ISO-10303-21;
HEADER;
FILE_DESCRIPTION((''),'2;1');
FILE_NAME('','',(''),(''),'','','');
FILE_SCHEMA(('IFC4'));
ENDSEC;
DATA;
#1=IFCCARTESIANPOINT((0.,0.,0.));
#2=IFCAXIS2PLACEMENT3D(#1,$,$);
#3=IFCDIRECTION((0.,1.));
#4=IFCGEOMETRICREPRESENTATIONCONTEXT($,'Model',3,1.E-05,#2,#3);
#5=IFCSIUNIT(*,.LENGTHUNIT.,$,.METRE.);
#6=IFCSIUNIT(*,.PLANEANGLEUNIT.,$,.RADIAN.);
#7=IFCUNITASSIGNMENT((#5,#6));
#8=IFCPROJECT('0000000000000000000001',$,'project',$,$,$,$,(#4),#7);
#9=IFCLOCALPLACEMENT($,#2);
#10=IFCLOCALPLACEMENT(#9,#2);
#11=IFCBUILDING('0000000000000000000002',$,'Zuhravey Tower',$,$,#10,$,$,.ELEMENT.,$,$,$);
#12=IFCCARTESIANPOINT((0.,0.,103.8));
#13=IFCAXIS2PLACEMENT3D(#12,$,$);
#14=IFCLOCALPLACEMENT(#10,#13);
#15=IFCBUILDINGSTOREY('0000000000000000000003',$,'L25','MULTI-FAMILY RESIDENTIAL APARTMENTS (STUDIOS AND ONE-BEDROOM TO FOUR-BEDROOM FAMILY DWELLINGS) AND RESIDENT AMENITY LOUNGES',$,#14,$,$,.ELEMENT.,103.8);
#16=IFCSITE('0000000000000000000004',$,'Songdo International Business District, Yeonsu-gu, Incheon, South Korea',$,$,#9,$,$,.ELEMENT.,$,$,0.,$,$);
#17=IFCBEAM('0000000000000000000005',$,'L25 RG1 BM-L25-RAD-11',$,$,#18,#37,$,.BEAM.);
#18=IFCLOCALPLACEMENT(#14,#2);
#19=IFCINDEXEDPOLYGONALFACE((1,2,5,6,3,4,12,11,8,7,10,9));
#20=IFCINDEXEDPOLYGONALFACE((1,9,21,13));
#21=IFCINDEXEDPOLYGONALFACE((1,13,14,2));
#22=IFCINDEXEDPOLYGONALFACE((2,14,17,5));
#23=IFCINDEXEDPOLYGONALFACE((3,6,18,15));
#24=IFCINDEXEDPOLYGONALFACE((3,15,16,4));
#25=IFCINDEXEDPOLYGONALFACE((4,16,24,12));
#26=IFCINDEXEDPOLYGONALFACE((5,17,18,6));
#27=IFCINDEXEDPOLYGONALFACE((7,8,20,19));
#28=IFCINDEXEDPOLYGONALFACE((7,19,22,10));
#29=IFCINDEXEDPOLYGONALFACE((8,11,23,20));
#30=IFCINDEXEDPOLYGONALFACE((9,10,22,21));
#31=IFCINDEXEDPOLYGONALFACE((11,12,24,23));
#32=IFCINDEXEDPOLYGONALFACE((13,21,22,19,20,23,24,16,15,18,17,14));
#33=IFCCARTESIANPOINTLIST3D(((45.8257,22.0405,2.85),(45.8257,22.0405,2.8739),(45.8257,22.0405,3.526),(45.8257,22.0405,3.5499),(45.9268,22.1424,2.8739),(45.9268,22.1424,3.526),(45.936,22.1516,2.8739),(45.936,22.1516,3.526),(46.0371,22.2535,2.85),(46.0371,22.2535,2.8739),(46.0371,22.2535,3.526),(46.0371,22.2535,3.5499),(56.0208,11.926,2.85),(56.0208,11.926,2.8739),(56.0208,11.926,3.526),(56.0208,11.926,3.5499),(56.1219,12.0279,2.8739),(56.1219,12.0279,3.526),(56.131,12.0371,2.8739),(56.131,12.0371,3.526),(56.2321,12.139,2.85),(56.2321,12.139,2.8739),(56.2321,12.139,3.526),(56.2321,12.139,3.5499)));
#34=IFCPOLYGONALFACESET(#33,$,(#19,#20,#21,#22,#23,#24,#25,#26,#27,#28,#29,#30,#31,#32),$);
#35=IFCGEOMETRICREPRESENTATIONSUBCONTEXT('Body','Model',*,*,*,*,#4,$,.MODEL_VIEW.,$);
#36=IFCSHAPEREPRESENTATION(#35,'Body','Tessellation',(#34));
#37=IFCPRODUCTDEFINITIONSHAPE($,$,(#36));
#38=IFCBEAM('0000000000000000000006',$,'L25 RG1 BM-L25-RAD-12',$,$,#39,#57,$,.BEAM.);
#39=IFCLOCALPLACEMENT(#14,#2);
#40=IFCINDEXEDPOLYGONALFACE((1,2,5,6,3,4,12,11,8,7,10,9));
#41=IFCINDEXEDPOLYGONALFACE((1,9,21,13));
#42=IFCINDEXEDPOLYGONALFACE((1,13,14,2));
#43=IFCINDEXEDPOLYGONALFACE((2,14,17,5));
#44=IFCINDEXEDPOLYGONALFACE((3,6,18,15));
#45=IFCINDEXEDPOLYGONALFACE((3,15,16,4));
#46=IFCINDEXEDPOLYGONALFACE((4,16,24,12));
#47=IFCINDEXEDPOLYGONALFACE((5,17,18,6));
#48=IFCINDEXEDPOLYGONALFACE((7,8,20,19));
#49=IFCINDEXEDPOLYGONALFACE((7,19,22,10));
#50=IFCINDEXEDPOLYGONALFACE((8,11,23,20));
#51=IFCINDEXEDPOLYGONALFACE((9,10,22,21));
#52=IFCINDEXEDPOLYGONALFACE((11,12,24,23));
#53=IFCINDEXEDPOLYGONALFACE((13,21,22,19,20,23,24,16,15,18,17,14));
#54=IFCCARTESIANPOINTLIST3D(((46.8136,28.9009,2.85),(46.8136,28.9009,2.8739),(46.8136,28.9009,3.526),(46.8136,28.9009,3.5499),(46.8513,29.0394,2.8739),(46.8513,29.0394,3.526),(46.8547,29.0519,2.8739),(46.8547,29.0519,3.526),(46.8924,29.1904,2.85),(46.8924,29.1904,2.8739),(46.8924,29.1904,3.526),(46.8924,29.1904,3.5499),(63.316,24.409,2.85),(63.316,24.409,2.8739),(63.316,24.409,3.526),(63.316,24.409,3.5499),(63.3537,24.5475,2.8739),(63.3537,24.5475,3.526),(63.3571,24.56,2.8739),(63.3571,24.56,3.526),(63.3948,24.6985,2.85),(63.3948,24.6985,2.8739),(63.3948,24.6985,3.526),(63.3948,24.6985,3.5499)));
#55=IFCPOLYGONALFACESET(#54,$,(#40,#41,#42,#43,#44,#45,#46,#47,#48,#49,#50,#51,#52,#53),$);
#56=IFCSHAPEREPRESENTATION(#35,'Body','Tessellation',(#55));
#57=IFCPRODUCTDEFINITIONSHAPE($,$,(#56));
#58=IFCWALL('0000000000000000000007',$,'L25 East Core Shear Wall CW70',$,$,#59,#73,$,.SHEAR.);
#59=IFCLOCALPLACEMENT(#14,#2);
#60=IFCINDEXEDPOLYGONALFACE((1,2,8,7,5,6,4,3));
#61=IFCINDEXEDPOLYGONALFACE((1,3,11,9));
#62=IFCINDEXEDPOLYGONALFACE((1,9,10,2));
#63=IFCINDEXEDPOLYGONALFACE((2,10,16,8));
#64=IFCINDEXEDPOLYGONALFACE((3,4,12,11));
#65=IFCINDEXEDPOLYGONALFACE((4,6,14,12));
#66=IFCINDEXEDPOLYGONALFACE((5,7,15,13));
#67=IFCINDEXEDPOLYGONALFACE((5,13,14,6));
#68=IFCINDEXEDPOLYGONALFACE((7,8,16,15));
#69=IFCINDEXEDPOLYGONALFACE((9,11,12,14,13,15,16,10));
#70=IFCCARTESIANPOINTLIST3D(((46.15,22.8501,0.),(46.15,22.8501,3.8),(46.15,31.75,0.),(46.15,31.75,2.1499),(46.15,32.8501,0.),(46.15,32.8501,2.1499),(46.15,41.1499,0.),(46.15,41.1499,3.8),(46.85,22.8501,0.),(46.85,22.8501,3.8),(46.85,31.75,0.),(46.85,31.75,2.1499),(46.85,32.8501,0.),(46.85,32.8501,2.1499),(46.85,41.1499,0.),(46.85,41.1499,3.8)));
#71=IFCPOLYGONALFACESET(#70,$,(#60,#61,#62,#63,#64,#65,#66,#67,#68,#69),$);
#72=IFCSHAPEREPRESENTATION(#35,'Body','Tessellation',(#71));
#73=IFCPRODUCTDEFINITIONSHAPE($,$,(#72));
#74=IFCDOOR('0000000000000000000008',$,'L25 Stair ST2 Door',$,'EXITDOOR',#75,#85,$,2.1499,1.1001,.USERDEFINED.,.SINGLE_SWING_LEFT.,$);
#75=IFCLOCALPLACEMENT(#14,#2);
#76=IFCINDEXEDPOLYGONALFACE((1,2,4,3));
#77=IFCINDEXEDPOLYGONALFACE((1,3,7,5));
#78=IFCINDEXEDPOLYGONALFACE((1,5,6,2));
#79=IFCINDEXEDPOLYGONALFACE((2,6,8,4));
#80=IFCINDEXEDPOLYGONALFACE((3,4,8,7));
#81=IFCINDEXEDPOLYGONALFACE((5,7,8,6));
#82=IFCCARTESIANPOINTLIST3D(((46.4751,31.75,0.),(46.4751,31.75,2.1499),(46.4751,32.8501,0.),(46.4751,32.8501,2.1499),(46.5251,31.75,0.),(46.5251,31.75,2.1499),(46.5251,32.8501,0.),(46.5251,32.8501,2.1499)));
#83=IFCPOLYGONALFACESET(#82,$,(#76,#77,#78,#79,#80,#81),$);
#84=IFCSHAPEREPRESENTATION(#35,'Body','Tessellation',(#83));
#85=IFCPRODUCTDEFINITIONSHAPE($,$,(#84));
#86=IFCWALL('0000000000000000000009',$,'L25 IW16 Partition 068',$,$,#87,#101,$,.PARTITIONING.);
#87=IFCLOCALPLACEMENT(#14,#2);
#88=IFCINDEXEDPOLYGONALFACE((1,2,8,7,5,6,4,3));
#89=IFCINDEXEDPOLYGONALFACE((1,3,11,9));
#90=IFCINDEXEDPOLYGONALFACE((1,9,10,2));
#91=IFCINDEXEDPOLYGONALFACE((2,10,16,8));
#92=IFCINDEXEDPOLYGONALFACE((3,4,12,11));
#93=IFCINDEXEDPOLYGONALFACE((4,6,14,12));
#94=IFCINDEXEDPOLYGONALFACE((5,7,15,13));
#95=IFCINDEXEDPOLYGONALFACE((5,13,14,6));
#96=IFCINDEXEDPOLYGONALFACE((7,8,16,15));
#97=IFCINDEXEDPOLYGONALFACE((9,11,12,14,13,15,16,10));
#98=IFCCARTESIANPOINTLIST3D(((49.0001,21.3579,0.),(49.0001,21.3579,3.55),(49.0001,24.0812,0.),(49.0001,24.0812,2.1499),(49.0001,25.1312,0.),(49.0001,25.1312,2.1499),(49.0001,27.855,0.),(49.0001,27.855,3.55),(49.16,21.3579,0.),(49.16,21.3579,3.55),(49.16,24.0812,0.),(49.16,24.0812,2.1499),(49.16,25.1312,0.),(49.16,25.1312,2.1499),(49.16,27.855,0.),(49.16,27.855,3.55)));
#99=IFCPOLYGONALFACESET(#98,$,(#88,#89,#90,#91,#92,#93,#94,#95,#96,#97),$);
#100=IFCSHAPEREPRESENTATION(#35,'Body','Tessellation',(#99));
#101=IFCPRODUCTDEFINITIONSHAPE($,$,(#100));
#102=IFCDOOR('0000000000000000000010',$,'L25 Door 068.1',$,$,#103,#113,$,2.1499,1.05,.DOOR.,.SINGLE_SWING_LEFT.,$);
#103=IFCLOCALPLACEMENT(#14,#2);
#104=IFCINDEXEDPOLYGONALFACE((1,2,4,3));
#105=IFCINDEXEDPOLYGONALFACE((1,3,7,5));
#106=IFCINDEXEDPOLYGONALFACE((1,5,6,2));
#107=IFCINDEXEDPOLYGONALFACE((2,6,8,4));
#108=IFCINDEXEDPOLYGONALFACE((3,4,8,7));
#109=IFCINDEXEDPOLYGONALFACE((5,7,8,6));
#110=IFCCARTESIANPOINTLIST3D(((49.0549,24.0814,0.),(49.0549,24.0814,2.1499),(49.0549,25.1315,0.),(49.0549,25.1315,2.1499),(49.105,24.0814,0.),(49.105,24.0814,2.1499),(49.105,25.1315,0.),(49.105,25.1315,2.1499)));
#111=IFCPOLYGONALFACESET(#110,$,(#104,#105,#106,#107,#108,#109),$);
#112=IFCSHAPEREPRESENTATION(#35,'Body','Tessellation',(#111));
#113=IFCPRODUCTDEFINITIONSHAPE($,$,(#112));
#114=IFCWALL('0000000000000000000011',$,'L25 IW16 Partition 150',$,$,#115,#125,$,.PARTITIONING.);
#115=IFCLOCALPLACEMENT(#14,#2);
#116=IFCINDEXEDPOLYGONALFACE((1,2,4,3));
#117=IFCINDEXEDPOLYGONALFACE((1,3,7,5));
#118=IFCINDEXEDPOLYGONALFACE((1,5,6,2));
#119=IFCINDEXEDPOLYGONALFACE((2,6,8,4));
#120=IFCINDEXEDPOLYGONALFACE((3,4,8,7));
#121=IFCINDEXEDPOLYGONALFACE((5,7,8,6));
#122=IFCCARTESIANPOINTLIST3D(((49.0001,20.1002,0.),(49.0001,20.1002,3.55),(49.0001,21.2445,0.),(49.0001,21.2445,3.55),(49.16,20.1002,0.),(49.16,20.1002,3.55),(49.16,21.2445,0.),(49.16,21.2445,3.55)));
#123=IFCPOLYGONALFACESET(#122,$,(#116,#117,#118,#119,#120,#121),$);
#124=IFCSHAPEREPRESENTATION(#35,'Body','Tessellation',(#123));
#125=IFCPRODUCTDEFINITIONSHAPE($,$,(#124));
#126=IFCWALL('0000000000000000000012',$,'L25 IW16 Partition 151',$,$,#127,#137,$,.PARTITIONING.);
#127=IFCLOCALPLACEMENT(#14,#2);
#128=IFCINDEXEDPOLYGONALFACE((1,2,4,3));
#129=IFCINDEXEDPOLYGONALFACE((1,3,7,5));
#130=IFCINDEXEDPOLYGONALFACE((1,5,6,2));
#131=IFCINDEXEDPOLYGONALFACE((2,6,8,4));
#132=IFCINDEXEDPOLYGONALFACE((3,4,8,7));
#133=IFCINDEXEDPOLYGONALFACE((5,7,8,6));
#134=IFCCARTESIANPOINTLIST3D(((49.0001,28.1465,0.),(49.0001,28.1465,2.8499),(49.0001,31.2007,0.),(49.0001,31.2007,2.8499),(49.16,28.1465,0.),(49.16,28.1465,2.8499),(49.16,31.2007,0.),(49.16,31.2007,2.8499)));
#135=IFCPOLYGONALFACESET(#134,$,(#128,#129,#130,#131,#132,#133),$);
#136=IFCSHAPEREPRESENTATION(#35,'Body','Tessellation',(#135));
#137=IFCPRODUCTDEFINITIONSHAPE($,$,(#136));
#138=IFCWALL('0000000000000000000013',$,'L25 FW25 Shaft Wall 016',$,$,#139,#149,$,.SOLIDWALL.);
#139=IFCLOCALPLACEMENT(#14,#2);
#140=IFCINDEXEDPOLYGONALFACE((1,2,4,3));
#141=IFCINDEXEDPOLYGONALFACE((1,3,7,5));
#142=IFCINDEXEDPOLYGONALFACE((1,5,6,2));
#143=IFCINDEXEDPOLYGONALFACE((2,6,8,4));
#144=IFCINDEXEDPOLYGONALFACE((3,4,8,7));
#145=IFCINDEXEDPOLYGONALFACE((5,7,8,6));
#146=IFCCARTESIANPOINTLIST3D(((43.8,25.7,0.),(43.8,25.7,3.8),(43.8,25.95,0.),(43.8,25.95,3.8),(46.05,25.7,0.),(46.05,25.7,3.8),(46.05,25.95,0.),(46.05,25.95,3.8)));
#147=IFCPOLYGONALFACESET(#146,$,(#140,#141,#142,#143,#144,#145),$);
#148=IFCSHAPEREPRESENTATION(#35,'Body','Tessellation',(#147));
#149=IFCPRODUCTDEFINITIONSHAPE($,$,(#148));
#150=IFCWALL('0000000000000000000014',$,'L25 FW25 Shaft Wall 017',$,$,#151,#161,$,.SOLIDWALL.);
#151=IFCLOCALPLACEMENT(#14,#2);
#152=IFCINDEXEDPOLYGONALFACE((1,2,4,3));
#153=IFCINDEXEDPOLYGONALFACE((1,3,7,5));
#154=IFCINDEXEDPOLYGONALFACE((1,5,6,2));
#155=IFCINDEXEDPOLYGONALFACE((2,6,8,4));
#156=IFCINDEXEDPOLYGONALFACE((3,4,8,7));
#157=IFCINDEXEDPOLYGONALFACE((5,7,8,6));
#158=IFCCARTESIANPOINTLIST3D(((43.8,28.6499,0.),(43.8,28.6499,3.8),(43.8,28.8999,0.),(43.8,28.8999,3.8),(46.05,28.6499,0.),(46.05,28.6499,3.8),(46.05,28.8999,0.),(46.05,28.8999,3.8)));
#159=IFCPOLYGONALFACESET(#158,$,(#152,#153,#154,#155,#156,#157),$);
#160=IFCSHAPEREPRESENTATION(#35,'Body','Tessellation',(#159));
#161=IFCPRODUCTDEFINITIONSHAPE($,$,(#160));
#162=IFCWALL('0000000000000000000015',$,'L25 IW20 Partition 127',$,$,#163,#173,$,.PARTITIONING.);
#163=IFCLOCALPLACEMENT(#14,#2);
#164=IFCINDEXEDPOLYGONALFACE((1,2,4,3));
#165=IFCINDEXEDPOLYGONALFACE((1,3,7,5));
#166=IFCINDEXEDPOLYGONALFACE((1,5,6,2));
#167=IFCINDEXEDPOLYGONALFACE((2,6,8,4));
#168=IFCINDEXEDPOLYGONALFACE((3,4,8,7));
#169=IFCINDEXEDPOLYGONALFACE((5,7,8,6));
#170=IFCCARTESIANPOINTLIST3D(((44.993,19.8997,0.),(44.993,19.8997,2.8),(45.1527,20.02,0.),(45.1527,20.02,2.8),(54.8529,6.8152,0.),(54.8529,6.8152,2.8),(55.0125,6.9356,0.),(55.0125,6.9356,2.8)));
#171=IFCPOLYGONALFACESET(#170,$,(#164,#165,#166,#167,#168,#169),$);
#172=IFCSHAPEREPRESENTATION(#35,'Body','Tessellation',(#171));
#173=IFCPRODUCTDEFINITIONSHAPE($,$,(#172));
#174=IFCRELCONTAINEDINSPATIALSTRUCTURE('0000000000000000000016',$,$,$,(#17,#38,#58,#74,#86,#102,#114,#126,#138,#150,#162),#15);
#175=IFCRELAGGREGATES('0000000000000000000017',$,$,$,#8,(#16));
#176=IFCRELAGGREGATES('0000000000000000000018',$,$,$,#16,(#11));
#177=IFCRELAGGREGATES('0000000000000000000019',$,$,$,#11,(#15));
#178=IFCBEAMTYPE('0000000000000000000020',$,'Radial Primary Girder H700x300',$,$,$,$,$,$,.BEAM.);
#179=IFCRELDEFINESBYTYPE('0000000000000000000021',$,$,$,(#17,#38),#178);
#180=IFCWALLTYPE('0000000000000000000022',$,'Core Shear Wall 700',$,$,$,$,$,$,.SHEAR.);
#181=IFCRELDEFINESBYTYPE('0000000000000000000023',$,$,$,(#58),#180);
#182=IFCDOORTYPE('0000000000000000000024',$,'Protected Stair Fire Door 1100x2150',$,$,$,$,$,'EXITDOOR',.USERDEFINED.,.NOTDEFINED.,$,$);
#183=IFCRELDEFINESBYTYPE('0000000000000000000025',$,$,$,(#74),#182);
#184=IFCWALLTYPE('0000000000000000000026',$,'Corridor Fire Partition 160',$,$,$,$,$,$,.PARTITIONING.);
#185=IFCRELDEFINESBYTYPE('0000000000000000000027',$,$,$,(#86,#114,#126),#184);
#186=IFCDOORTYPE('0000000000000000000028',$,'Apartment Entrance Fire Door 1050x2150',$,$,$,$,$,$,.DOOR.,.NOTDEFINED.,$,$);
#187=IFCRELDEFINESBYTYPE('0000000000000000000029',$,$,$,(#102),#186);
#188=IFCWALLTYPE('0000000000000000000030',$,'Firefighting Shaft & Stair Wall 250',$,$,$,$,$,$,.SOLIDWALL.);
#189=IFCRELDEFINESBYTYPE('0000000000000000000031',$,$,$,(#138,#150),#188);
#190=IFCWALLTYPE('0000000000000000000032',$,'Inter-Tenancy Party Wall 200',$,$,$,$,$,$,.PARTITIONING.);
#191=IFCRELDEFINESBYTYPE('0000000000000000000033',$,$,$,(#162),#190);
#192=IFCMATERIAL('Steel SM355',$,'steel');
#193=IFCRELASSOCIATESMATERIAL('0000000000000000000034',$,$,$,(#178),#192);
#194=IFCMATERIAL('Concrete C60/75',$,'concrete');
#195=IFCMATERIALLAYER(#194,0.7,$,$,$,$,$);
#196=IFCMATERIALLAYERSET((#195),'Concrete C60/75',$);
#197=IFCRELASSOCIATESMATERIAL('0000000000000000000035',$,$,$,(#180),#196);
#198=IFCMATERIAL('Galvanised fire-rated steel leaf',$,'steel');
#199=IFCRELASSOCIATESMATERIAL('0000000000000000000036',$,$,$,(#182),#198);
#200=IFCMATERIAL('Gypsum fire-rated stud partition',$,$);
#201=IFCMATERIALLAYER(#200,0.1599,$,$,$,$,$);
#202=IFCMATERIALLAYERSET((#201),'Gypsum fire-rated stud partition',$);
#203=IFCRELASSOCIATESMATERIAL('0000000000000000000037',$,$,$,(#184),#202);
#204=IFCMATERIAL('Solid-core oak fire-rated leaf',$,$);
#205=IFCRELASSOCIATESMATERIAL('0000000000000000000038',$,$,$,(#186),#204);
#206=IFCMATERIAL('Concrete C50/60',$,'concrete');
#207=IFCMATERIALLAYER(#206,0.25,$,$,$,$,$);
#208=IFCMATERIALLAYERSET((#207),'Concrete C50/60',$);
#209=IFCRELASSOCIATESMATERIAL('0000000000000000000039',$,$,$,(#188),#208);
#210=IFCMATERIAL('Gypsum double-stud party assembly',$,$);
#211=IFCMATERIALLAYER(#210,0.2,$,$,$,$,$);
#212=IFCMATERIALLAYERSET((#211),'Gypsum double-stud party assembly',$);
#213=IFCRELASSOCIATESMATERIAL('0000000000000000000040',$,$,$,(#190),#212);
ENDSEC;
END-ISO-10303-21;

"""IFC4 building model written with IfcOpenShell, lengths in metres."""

from ifc_helpers import new_model, si_unit, direction, frame, frame_2d, origin, origin_2d, place, context, subcontext, project, spatial, rectangle, i_section, extrude, material, layer, layer_set, material_profile, profile_set, type_object, element, fill, save


model = new_model("IFC4")

# Units and contexts
model_context = context("Model", 3, precision=1e-05, world=origin(), true_north=direction((0.0, 1.0)))
body_context = subcontext(model_context, "Body", "Model", "MODEL_VIEW")
ifc_project = project(units=[si_unit("LENGTHUNIT", "METRE"), si_unit("PLANEANGLEUNIT", "RADIAN")], contexts=[model_context])

# Site, building, storey
site_placement = place(None, origin())
site = spatial("IfcSite", under=ifc_project, at=site_placement, Name="Songdo International Business District, Yeonsu-gu, Incheon, South Korea", CompositionType="ELEMENT", RefElevation=0.0)
building_placement = place(site_placement, origin())
building = spatial("IfcBuilding", under=site, at=building_placement, Name="Zuhravey Tower", CompositionType="ELEMENT")
storey_placement = place(building_placement, frame((0.0, 0.0, 103.8)))
storey = spatial("IfcBuildingStorey", under=building, at=storey_placement, Name="L25", Description="MULTI-FAMILY RESIDENTIAL APARTMENTS (STUDIOS AND ONE-BEDROOM TO FOUR-BEDROOM FAMILY DWELLINGS) AND RESIDENT AMENITY LOUNGES", CompositionType="ELEMENT", Elevation=103.8)

# Beams
ifc_material_1 = material(Name="Steel SM355", Category="steel")
ifc_material_profile = material_profile(ifc_material_1, i_section(OverallWidth=0.3, OverallDepth=0.7, WebThickness=0.0129, FlangeThickness=0.0239, at=origin_2d()), Name="H-700x300x13x24")
ifc_profile_set = profile_set([ifc_material_profile], Name="Steel SM355")
beam_type = type_object("IfcBeamType", Name="Radial Primary Girder H700x300", PredefinedType="BEAM", material=ifc_profile_set)
beam_1_placement = place(storey_placement, frame((45.9314, 22.147, 3.2), z_axis=(0.709906, -0.704296, 0.0), x_axis=(0.704296, 0.709906, 0.0)))
element("IfcBeam", 1, at=beam_1_placement, inside=storey, type_object=beam_type, Name="L25 RG1 BM-L25-RAD-11", PredefinedType="BEAM", context=body_context, shape_type="SweptSolid", body=[
    extrude(i_section(OverallWidth=0.3, OverallDepth=0.7, WebThickness=0.0129, FlangeThickness=0.0239, at=origin_2d()), origin(), (0.0, 0.0, 1.0), 14.3611),
])
beam_2_placement = place(storey_placement, frame((46.853, 29.0457, 3.2), z_axis=(0.964893, -0.262643, 0.0), x_axis=(0.262643, 0.964893, 0.0)))
element("IfcBeam", 2, at=beam_2_placement, inside=storey, type_object=beam_type, Name="L25 RG1 BM-L25-RAD-12", PredefinedType="BEAM", context=body_context, shape_type="SweptSolid", body=[
    extrude(i_section(OverallWidth=0.3, OverallDepth=0.7, WebThickness=0.0129, FlangeThickness=0.0239, at=origin_2d()), origin(), (0.0, 0.0, 1.0), 17.1028),
])

# Walls, openings, doors
ifc_material_2 = material(Name="Concrete C60/75", Category="concrete")
ifc_layer_1 = layer(ifc_material_2, 0.7)
ifc_layer_set_1 = layer_set([ifc_layer_1], Name="Concrete C60/75")
wall_type_1 = type_object("IfcWallType", Name="Core Shear Wall 700", PredefinedType="SHEAR", material=ifc_layer_set_1)
wall_1_placement = place(storey_placement, frame((46.5, 22.8501, 0.0), z_axis=(0.0, 0.0, 1.0), x_axis=(0.0, 1.0, 0.0)))
wall_1 = element("IfcWall", 3, at=wall_1_placement, inside=storey, type_object=wall_type_1, Name="L25 East Core Shear Wall CW70", PredefinedType="SHEAR", context=body_context, shape_type="SweptSolid", body=[
    extrude(rectangle(XDim=18.2998, YDim=0.7, at=frame_2d((9.1499, 0.0))), origin(), (0.0, 0.0, 1.0), 3.8),
])
opening_1_placement = place(wall_1_placement, frame((8.8999, 0.0, 0.0)))
opening_1 = element("IfcOpeningElement", 4, at=opening_1_placement, cuts=wall_1, PredefinedType="OPENING", context=body_context, shape_type="SweptSolid", body=[
    extrude(rectangle(XDim=1.1001, YDim=2.1499, at=frame_2d((0.55, 1.075))), frame((0.0, 0.3621, 0.0), z_axis=(0.0, -1.0, 0.0), x_axis=(1.0, 0.0, 0.0)), (0.0, 0.0, 1.0), 0.7239),
])
ifc_material_3 = material(Name="Galvanised fire-rated steel leaf", Category="steel")
door_type_1 = type_object("IfcDoorType", Name="Protected Stair Fire Door 1100x2150", ElementType="EXITDOOR", OperationType="NOTDEFINED", PredefinedType="USERDEFINED", material=ifc_material_3)
door_1_placement = place(opening_1_placement, origin())
door_1 = element("IfcDoor", 5, at=door_1_placement, inside=storey, type_object=door_type_1, Name="L25 Stair ST2 Door", ObjectType="EXITDOOR", OperationType="SINGLE_SWING_LEFT", OverallHeight=2.1499, OverallWidth=1.1001, PredefinedType="USERDEFINED", context=body_context, shape_type="SweptSolid", body=[
    extrude(rectangle(XDim=1.1001, YDim=2.1499, at=frame_2d((0.55, 1.075))), frame((0.0, 0.0249, 0.0), z_axis=(0.0, -1.0, 0.0), x_axis=(1.0, 0.0, 0.0)), (0.0, 0.0, 1.0), 0.05),
])
fill(opening_1, door_1)
ifc_material_4 = material(Name="Gypsum fire-rated stud partition")
ifc_layer_2 = layer(ifc_material_4, 0.1599)
ifc_layer_set_2 = layer_set([ifc_layer_2], Name="Gypsum fire-rated stud partition")
wall_type_2 = type_object("IfcWallType", Name="Corridor Fire Partition 160", PredefinedType="PARTITIONING", material=ifc_layer_set_2)
wall_2_placement = place(storey_placement, frame((49.0801, 21.3579, 0.0), z_axis=(0.0, 0.0, 1.0), x_axis=(0.0, 1.0, 0.0)))
wall_2 = element("IfcWall", 6, at=wall_2_placement, inside=storey, type_object=wall_type_2, Name="L25 IW16 Partition 068", PredefinedType="PARTITIONING", context=body_context, shape_type="SweptSolid", body=[
    extrude(rectangle(XDim=6.4971, YDim=0.1599, at=frame_2d((3.2485, 0.0))), origin(), (0.0, 0.0, 1.0), 3.55),
])
opening_2_placement = place(wall_2_placement, frame((2.7234, 0.0, 0.0)))
opening_2 = element("IfcOpeningElement", 7, at=opening_2_placement, cuts=wall_2, PredefinedType="OPENING", context=body_context, shape_type="SweptSolid", body=[
    extrude(rectangle(XDim=1.05, YDim=2.1499, at=frame_2d((0.5249, 1.075))), frame((0.0, 0.092, 0.0), z_axis=(0.0, -1.0, 0.0), x_axis=(1.0, 0.0, 0.0)), (0.0, 0.0, 1.0), 0.1838),
])
ifc_material_5 = material(Name="Solid-core oak fire-rated leaf")
door_type_2 = type_object("IfcDoorType", Name="Apartment Entrance Fire Door 1050x2150", OperationType="NOTDEFINED", PredefinedType="DOOR", material=ifc_material_5)
door_2_placement = place(opening_2_placement, frame((1.05, 0.0, 0.0), z_axis=(0.0, 0.0, 1.0), x_axis=(-1.0, 0.0, 0.0)))
door_2 = element("IfcDoor", 8, at=door_2_placement, inside=storey, type_object=door_type_2, Name="L25 Door 068.1", OperationType="SINGLE_SWING_LEFT", OverallHeight=2.1499, OverallWidth=1.05, PredefinedType="DOOR", context=body_context, shape_type="SweptSolid", body=[
    extrude(rectangle(XDim=1.05, YDim=2.1499, at=frame_2d((0.5249, 1.075))), frame((0.0, 0.0249, 0.0), z_axis=(0.0, -1.0, 0.0), x_axis=(1.0, 0.0, 0.0)), (0.0, 0.0, 1.0), 0.05),
])
fill(opening_2, door_2)

# Walls
wall_3_placement = place(storey_placement, frame((49.0801, 20.1001, 0.0), z_axis=(0.0, 0.0, 1.0), x_axis=(0.0, 1.0, 0.0)))
element("IfcWall", 9, at=wall_3_placement, inside=storey, type_object=wall_type_2, Name="L25 IW16 Partition 150", PredefinedType="PARTITIONING", context=body_context, shape_type="SweptSolid", body=[
    extrude(rectangle(XDim=1.1443, YDim=0.1599, at=frame_2d((0.5723, 0.0))), origin(), (0.0, 0.0, 1.0), 3.55),
])
wall_4_placement = place(storey_placement, frame((49.0801, 28.1465, 0.0), z_axis=(0.0, 0.0, 1.0), x_axis=(0.0, 1.0, 0.0)))
element("IfcWall", 10, at=wall_4_placement, inside=storey, type_object=wall_type_2, Name="L25 IW16 Partition 151", PredefinedType="PARTITIONING", context=body_context, shape_type="SweptSolid", body=[
    extrude(rectangle(XDim=3.0542, YDim=0.1599, at=frame_2d((1.5271, 0.0))), origin(), (0.0, 0.0, 1.0), 2.8499),
])
ifc_material_6 = material(Name="Concrete C50/60", Category="concrete")
ifc_layer_3 = layer(ifc_material_6, 0.25)
ifc_layer_set_3 = layer_set([ifc_layer_3], Name="Concrete C50/60")
wall_type_3 = type_object("IfcWallType", Name="Firefighting Shaft & Stair Wall 250", PredefinedType="SOLIDWALL", material=ifc_layer_set_3)
for number, where, z_axis, x_axis, name in (
    (11, (43.8, 25.825, 0.0), (0.0, 0.0, 1.0), (1.0, 0.0, 0.0), "L25 FW25 Shaft Wall 016"),
    (12, (43.8, 28.7749, 0.0), (0.0, 0.0, 1.0), (1.0, 0.0, 0.0), "L25 FW25 Shaft Wall 017"),
):
    element("IfcWall", number, at=place(storey_placement, frame(where, z_axis=z_axis, x_axis=x_axis)), inside=storey, type_object=wall_type_3, Name=name, PredefinedType="SOLIDWALL", context=body_context, shape_type="SweptSolid", body=[
        extrude(rectangle(XDim=2.25, YDim=0.25, at=frame_2d((1.125, 0.0))), origin(), (0.0, 0.0, 1.0), 3.8),
    ])
ifc_material_7 = material(Name="Gypsum double-stud party assembly")
ifc_layer_4 = layer(ifc_material_7, 0.2)
ifc_layer_set_4 = layer_set([ifc_layer_4], Name="Gypsum double-stud party assembly")
wall_type_4 = type_object("IfcWallType", Name="Inter-Tenancy Party Wall 200", PredefinedType="PARTITIONING", material=ifc_layer_set_4)
wall_5_placement = place(storey_placement, frame((45.0728, 19.96, 0.0), z_axis=(0.0, 0.0, 1.0), x_axis=(0.601815, -0.798635, 0.0)))
element("IfcWall", 13, at=wall_5_placement, inside=storey, type_object=wall_type_4, Name="L25 IW20 Partition 127", PredefinedType="PARTITIONING", context=body_context, shape_type="SweptSolid", body=[
    extrude(rectangle(XDim=16.3835, YDim=0.2, at=frame_2d((8.1919, 0.0))), origin(), (0.0, 0.0, 1.0), 2.8),
])

save(model, "model.ifc")
